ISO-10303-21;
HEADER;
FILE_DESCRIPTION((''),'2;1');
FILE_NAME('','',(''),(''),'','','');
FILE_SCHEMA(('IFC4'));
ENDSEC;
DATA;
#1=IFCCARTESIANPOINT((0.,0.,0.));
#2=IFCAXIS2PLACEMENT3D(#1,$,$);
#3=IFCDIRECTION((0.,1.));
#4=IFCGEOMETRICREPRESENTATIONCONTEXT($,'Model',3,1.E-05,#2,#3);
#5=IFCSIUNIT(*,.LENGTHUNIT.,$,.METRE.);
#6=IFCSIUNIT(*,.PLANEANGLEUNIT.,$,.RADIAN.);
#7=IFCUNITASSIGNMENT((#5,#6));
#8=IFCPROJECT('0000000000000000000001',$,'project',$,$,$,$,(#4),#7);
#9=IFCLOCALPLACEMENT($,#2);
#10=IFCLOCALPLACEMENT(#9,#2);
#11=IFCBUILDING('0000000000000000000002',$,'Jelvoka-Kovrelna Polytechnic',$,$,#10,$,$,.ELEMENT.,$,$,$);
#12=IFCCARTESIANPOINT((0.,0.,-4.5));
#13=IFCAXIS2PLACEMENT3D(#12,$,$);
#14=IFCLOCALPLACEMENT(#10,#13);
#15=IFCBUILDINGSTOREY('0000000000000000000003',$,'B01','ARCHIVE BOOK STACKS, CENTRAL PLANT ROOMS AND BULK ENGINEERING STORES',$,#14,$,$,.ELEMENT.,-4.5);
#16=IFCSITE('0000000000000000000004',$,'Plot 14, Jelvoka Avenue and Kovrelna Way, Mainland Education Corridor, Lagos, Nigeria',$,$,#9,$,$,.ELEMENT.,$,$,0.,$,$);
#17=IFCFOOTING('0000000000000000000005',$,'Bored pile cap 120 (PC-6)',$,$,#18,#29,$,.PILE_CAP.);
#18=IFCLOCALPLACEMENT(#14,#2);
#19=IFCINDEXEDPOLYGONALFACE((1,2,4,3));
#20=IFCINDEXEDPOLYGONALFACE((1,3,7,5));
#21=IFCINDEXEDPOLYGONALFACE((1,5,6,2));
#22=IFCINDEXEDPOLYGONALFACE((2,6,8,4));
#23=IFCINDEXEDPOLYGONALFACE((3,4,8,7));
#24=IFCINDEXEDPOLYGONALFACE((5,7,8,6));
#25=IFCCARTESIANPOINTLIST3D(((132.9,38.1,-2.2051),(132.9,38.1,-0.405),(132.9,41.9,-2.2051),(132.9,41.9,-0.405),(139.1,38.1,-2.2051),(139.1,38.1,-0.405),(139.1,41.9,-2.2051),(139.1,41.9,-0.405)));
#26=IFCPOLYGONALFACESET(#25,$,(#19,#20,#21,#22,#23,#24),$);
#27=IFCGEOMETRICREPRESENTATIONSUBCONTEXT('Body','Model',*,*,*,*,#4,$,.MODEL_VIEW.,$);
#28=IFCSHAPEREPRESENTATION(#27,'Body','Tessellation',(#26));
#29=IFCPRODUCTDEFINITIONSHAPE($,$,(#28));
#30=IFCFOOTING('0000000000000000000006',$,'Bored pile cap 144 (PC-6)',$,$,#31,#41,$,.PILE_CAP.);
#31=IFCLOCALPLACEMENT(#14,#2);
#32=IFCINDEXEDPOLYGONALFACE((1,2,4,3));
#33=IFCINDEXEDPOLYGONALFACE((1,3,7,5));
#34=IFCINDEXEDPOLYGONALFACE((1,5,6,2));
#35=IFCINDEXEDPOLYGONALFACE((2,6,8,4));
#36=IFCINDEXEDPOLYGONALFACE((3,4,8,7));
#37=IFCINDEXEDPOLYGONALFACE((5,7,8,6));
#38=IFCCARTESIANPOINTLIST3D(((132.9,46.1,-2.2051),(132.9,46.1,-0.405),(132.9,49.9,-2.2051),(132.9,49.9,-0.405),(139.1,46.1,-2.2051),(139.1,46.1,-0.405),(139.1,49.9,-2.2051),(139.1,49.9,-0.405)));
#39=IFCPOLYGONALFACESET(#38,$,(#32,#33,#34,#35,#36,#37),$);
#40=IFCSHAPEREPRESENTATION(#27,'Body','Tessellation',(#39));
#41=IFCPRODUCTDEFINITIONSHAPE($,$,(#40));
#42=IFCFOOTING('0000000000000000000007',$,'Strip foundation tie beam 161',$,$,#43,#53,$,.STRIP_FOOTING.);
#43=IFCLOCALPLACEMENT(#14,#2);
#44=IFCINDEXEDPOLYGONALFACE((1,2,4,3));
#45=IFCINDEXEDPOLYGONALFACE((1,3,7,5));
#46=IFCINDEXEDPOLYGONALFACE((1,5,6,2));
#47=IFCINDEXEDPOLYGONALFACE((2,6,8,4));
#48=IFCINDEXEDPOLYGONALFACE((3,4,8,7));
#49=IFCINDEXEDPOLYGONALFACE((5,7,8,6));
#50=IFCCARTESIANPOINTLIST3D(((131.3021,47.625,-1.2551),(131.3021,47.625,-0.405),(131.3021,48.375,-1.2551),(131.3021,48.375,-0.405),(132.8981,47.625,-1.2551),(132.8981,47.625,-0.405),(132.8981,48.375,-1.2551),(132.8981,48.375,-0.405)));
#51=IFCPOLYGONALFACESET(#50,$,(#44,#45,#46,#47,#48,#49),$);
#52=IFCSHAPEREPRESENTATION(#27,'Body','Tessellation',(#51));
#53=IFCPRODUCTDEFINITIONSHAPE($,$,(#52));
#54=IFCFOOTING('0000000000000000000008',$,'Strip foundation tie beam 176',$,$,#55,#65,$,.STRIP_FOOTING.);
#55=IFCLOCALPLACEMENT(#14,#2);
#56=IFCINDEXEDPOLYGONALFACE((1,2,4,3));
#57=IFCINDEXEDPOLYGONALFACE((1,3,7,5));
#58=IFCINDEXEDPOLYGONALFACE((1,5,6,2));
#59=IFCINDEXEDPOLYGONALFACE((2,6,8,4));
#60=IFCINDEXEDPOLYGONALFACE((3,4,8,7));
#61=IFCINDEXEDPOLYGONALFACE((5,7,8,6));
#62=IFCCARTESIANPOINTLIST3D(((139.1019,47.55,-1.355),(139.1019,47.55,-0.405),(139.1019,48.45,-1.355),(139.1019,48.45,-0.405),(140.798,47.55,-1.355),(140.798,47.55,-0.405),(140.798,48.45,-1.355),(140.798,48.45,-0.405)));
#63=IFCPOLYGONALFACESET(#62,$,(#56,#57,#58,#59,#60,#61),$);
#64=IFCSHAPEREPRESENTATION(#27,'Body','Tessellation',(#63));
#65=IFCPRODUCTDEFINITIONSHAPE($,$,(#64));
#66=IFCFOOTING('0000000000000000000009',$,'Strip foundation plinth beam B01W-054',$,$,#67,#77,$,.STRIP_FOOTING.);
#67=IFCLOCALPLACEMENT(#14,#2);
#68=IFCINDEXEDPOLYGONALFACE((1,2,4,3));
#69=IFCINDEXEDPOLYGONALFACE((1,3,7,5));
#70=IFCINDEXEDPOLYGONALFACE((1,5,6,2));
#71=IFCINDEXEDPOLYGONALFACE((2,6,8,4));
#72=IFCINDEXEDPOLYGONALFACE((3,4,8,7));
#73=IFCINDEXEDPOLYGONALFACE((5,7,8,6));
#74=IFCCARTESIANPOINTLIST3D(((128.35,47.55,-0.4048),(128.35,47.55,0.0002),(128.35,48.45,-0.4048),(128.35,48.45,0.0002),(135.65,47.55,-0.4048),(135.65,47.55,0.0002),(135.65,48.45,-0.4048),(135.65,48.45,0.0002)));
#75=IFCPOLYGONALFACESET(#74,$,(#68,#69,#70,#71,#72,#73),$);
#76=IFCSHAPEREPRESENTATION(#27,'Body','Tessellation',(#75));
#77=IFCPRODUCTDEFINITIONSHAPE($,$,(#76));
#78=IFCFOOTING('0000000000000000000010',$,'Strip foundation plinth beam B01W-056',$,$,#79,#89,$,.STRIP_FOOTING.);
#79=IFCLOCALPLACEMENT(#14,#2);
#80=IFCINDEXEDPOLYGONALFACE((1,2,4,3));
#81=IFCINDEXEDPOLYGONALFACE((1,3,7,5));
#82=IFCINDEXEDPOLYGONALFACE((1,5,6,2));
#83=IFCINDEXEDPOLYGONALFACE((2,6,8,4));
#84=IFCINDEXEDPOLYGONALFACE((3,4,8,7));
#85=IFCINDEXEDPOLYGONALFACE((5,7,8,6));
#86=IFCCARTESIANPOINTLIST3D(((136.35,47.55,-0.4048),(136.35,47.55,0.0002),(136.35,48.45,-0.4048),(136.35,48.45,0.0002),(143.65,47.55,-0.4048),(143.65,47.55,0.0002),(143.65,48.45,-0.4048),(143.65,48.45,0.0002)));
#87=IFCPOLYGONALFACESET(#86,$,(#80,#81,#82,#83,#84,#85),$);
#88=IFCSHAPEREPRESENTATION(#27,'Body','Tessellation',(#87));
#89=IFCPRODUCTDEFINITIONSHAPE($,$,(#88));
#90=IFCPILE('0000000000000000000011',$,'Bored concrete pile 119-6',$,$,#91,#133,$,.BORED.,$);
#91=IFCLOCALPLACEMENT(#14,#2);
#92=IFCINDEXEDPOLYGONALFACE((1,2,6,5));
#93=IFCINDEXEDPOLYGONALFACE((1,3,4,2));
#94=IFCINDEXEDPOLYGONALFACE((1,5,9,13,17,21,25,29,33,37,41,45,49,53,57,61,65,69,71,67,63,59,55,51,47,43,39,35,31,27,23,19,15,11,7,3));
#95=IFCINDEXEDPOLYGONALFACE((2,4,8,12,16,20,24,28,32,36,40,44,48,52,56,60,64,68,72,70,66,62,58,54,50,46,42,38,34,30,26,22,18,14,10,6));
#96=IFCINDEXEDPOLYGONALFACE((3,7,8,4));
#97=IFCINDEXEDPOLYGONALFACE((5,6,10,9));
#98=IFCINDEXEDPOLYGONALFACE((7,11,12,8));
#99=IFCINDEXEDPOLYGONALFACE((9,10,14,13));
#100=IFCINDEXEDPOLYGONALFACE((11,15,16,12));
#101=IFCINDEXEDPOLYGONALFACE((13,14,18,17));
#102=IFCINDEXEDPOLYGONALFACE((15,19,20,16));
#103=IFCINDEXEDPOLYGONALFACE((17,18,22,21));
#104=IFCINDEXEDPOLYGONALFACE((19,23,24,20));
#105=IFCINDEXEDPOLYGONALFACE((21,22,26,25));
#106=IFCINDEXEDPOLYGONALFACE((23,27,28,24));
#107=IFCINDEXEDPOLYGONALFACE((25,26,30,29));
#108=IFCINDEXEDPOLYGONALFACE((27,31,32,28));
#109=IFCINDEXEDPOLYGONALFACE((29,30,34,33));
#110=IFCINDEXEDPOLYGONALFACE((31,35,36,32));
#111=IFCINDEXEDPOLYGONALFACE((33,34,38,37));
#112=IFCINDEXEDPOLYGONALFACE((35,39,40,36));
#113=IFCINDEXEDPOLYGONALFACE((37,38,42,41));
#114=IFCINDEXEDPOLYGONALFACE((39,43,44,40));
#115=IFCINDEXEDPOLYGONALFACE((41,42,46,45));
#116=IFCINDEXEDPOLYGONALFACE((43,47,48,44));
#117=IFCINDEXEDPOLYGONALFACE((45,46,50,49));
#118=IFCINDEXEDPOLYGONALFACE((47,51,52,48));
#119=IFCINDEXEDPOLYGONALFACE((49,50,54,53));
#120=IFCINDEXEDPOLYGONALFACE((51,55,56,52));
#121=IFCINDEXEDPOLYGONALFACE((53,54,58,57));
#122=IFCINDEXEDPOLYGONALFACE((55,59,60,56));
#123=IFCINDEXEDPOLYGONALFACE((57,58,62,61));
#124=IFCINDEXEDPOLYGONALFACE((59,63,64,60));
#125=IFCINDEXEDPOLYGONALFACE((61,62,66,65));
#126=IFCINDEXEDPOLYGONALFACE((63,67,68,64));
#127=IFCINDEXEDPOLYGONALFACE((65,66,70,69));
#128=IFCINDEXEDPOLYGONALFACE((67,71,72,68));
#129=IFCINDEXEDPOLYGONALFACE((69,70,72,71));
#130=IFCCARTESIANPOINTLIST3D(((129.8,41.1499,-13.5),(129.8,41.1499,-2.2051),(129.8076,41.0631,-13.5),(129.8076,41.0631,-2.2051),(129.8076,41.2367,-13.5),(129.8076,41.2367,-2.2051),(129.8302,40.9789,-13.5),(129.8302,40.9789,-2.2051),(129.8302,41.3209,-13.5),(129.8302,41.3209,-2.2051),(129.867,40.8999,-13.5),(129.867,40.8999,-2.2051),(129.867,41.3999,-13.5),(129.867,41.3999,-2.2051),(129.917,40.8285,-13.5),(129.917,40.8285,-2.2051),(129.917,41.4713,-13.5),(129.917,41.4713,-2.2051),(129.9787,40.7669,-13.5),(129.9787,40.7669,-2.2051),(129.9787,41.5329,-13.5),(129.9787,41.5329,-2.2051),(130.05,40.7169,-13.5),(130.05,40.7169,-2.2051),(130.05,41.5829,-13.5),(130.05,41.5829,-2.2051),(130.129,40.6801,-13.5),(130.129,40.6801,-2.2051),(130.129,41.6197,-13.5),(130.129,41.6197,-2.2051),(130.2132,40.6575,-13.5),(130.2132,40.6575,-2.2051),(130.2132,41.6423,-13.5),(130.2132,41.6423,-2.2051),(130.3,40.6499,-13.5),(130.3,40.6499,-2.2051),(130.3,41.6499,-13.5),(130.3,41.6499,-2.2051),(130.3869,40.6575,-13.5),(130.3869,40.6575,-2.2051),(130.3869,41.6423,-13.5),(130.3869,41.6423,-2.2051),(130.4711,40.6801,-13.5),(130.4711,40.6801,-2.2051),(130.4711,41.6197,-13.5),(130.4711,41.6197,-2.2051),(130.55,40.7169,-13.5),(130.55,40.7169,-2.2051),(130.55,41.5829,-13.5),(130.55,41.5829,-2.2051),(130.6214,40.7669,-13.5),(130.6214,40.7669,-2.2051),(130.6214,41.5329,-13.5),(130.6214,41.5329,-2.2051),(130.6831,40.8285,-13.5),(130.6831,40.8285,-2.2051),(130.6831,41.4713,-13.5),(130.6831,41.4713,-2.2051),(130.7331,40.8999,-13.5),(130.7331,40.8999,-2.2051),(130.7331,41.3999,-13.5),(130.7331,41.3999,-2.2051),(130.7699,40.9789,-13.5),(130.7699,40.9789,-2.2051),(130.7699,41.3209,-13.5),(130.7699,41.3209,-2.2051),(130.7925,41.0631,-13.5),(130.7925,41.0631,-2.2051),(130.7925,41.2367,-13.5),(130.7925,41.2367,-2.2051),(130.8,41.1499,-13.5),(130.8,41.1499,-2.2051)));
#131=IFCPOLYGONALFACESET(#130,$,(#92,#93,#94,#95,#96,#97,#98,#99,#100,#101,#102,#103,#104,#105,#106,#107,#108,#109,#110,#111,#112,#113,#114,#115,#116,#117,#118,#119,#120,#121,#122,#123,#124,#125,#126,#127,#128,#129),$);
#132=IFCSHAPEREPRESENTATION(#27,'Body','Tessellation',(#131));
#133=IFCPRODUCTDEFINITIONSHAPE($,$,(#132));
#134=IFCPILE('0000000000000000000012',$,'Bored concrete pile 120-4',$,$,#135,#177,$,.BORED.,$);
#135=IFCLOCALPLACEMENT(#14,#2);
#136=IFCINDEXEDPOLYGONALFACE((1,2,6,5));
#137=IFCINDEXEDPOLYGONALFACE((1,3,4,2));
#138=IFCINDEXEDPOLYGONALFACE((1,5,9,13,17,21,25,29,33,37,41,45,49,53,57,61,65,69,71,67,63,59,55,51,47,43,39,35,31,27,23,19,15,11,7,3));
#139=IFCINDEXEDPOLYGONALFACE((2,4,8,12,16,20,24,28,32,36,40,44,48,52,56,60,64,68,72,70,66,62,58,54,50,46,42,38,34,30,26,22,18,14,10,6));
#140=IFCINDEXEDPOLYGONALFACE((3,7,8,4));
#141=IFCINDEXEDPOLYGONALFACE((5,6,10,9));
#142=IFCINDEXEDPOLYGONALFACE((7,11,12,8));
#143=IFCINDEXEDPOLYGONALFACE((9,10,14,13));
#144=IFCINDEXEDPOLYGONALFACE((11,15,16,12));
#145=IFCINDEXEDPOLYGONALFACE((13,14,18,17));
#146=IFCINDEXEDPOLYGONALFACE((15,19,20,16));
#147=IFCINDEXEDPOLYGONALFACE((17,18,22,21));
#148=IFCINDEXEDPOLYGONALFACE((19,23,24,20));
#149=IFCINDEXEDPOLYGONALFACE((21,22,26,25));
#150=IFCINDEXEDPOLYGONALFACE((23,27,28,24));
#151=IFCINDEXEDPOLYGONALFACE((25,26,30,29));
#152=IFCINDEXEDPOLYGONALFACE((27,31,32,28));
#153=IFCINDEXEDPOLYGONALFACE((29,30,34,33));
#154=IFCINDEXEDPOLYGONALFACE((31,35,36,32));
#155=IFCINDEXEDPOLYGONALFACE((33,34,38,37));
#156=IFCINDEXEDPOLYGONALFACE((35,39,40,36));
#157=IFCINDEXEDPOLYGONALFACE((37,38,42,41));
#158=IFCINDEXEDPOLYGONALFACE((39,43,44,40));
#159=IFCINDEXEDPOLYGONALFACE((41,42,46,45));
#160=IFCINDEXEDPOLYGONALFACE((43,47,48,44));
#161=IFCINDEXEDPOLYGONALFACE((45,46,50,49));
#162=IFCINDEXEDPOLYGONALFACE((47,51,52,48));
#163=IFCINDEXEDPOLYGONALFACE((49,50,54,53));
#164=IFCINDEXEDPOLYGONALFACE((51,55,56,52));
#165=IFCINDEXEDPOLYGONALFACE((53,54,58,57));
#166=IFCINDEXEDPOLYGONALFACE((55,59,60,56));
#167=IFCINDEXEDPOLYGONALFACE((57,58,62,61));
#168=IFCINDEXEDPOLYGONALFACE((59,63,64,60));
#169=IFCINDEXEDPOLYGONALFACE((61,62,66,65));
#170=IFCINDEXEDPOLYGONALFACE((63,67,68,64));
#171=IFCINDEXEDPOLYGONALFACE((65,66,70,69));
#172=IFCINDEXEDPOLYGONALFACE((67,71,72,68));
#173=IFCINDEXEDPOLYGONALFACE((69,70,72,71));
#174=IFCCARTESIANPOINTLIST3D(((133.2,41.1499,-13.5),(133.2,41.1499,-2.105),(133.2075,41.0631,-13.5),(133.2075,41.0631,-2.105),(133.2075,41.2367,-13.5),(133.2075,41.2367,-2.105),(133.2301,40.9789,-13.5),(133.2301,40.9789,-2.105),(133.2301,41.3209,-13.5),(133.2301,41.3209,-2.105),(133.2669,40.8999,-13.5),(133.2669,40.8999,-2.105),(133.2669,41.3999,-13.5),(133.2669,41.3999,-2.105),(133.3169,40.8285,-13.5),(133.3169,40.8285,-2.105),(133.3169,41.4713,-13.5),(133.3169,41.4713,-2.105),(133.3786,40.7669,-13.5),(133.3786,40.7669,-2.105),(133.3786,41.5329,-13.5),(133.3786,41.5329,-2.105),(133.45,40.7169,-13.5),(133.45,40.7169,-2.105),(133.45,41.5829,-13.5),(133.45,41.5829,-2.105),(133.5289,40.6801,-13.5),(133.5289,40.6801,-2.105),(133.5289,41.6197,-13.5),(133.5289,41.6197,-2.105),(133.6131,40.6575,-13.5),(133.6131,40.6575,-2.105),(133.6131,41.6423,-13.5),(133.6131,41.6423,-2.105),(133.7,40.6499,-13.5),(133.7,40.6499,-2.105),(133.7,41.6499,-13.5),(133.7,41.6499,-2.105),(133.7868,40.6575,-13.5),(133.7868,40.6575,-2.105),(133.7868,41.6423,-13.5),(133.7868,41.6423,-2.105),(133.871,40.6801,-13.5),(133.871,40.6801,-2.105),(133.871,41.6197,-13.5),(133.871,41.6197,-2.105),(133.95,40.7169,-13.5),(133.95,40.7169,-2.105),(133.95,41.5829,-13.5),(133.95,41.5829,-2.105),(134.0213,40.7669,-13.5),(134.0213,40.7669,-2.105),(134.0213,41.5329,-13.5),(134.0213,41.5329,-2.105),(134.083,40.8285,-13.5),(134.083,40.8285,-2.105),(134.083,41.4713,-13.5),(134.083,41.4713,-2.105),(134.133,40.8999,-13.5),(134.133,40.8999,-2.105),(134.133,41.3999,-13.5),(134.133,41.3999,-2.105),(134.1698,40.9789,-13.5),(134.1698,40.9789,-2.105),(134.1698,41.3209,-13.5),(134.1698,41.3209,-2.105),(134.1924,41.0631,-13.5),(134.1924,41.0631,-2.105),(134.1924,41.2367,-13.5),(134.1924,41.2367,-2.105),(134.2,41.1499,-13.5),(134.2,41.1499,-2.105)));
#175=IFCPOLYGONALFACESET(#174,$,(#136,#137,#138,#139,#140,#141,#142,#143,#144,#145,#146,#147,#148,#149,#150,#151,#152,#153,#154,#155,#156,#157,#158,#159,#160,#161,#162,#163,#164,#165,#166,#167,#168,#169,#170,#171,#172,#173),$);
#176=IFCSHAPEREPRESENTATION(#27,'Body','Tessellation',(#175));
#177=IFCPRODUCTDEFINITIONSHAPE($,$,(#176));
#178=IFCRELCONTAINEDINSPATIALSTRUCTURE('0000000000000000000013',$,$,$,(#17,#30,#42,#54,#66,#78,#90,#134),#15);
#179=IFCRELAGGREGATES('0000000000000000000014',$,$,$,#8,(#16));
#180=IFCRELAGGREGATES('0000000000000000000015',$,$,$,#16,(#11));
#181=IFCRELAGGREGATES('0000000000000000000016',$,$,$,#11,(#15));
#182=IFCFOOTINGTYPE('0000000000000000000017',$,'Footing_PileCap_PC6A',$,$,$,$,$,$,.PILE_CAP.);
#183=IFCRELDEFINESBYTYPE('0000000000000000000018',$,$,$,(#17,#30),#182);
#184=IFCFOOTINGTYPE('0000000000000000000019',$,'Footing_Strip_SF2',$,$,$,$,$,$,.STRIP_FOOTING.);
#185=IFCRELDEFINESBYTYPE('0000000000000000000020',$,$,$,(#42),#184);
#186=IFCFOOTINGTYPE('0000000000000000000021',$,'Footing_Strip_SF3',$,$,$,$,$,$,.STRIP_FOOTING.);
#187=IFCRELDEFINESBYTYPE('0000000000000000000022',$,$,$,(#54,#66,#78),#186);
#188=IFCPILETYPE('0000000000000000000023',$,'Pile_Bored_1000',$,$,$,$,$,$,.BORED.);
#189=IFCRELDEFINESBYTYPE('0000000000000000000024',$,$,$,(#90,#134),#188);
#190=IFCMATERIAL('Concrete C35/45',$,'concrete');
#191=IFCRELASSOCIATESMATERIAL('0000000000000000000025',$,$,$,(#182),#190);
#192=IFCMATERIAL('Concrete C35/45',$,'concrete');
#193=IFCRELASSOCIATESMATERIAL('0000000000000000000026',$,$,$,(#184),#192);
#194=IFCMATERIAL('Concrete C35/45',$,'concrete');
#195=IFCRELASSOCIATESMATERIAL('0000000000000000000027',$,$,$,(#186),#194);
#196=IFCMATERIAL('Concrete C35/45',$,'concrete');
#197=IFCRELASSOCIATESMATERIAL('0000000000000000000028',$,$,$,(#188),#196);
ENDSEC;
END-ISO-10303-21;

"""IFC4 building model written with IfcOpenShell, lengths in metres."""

from ifc_helpers import new_model, si_unit, direction, frame, origin, origin_2d, place, context, subcontext, project, spatial, rectangle, circle, extrude, material, material_profile, profile_set, type_object, element, save


model = new_model("IFC4")

# Units and contexts
model_context = context("Model", 3, precision=1e-05, world=origin(), true_north=direction((0.0, 1.0)))
body_context = subcontext(model_context, "Body", "Model", "MODEL_VIEW")
ifc_project = project(units=[si_unit("LENGTHUNIT", "METRE"), si_unit("PLANEANGLEUNIT", "RADIAN")], contexts=[model_context])

# Site, building, storey
site_placement = place(None, origin())
site = spatial("IfcSite", under=ifc_project, at=site_placement, Name="Plot 14, Jelvoka Avenue and Kovrelna Way, Mainland Education Corridor, Lagos, Nigeria", CompositionType="ELEMENT", RefElevation=0.0)
building_placement = place(site_placement, origin())
building = spatial("IfcBuilding", under=site, at=building_placement, Name="Jelvoka-Kovrelna Polytechnic", CompositionType="ELEMENT")
storey_placement = place(building_placement, frame((0.0, 0.0, -4.5)))
storey = spatial("IfcBuildingStorey", under=building, at=storey_placement, Name="B01", Description="ARCHIVE BOOK STACKS, CENTRAL PLANT ROOMS AND BULK ENGINEERING STORES", CompositionType="ELEMENT", Elevation=-4.5)

# Footings
ifc_material_1 = material(Name="Concrete C35/45", Category="concrete")
footing_type_1 = type_object("IfcFootingType", Name="Footing_PileCap_PC6A", PredefinedType="PILE_CAP", material=ifc_material_1)
for number, where, z_axis, x_axis, name in (
    (1, (136.0, 40.0, -2.2051), (0.0, 0.0, 1.0), (1.0, 0.0, 0.0), "Bored pile cap 120 (PC-6)"),
    (2, (136.0, 48.0, -2.2051), (0.0, 0.0, 1.0), (1.0, 0.0, 0.0), "Bored pile cap 144 (PC-6)"),
):
    element("IfcFooting", number, at=place(storey_placement, frame(where, z_axis=z_axis, x_axis=x_axis)), inside=storey, type_object=footing_type_1, Name=name, PredefinedType="PILE_CAP", context=body_context, shape_type="SweptSolid", body=[
        extrude(rectangle(XDim=6.2, YDim=3.8, at=origin_2d()), origin(), (0.0, 0.0, 1.0), 1.8),
    ])
ifc_material_2 = material(Name="Concrete C35/45", Category="concrete")
footing_type_2 = type_object("IfcFootingType", Name="Footing_Strip_SF2", PredefinedType="STRIP_FOOTING", material=ifc_material_2)
footing_1_placement = place(storey_placement, frame((132.1001, 48.0, -1.2551), z_axis=(0.0, 0.0, 1.0), x_axis=(1.0, 0.0, 0.0)))
element("IfcFooting", 3, at=footing_1_placement, inside=storey, type_object=footing_type_2, Name="Strip foundation tie beam 161", PredefinedType="STRIP_FOOTING", context=body_context, shape_type="SweptSolid", body=[
    extrude(rectangle(XDim=1.5959, YDim=0.75, at=origin_2d()), origin(), (0.0, 0.0, 1.0), 0.8501),
])
ifc_material_3 = material(Name="Concrete C35/45", Category="concrete")
footing_type_3 = type_object("IfcFootingType", Name="Footing_Strip_SF3", PredefinedType="STRIP_FOOTING", material=ifc_material_3)
footing_2_placement = place(storey_placement, frame((139.95, 48.0, -1.355), z_axis=(0.0, 0.0, 1.0), x_axis=(1.0, 0.0, 0.0)))
element("IfcFooting", 4, at=footing_2_placement, inside=storey, type_object=footing_type_3, Name="Strip foundation tie beam 176", PredefinedType="STRIP_FOOTING", context=body_context, shape_type="SweptSolid", body=[
    extrude(rectangle(XDim=1.696, YDim=0.8999, at=origin_2d()), origin(), (0.0, 0.0, 1.0), 0.95),
])
for number, where, z_axis, x_axis, name in (
    (5, (132.0, 48.0, -0.4048), (0.0, 0.0, 1.0), (1.0, 0.0, 0.0), "Strip foundation plinth beam B01W-054"),
    (6, (140.0, 48.0, -0.4048), (0.0, 0.0, 1.0), (1.0, 0.0, 0.0), "Strip foundation plinth beam B01W-056"),
):
    element("IfcFooting", number, at=place(storey_placement, frame(where, z_axis=z_axis, x_axis=x_axis)), inside=storey, type_object=footing_type_3, Name=name, PredefinedType="STRIP_FOOTING", context=body_context, shape_type="SweptSolid", body=[
        extrude(rectangle(XDim=7.3, YDim=0.8999, at=origin_2d()), origin(), (0.0, 0.0, 1.0), 0.405),
    ])

# Piles
ifc_material_4 = material(Name="Concrete C35/45", Category="concrete")
ifc_material_profile_1 = material_profile(ifc_material_4, circle(Radius=0.5, at=origin_2d()), Name="PILE D1000")
ifc_profile_set_1 = profile_set([ifc_material_profile_1], Name="Concrete C35/45")
pile_type = type_object("IfcPileType", Name="Pile_Bored_1000", PredefinedType="BORED", material=ifc_profile_set_1)
pile_placement = place(storey_placement, frame((130.3, 41.1499, -2.2051), z_axis=(0.0, 0.0, -1.0), x_axis=(1.0, 0.0, 0.0)))
element("IfcPile", 7, at=pile_placement, inside=storey, type_object=pile_type, Name="Bored concrete pile 119-6", PredefinedType="BORED", context=body_context, shape_type="SweptSolid", body=[
    extrude(circle(Radius=0.5, at=origin_2d()), origin(), (0.0, 0.0, 1.0), 11.2949),
])
for number, where, z_axis, x_axis, name in (
    (8, (133.7, 41.1499, -2.105), (0.0, 0.0, -1.0), (1.0, 0.0, 0.0), "Bored concrete pile 120-4"),
):
    element("IfcPile", number, at=place(storey_placement, frame(where, z_axis=z_axis, x_axis=x_axis)), inside=storey, type_object=pile_type, Name=name, PredefinedType="BORED", context=body_context, shape_type="SweptSolid", body=[
        extrude(circle(Radius=0.5, at=origin_2d()), origin(), (0.0, 0.0, 1.0), 11.395),
    ])

save(model, "model.ifc")
